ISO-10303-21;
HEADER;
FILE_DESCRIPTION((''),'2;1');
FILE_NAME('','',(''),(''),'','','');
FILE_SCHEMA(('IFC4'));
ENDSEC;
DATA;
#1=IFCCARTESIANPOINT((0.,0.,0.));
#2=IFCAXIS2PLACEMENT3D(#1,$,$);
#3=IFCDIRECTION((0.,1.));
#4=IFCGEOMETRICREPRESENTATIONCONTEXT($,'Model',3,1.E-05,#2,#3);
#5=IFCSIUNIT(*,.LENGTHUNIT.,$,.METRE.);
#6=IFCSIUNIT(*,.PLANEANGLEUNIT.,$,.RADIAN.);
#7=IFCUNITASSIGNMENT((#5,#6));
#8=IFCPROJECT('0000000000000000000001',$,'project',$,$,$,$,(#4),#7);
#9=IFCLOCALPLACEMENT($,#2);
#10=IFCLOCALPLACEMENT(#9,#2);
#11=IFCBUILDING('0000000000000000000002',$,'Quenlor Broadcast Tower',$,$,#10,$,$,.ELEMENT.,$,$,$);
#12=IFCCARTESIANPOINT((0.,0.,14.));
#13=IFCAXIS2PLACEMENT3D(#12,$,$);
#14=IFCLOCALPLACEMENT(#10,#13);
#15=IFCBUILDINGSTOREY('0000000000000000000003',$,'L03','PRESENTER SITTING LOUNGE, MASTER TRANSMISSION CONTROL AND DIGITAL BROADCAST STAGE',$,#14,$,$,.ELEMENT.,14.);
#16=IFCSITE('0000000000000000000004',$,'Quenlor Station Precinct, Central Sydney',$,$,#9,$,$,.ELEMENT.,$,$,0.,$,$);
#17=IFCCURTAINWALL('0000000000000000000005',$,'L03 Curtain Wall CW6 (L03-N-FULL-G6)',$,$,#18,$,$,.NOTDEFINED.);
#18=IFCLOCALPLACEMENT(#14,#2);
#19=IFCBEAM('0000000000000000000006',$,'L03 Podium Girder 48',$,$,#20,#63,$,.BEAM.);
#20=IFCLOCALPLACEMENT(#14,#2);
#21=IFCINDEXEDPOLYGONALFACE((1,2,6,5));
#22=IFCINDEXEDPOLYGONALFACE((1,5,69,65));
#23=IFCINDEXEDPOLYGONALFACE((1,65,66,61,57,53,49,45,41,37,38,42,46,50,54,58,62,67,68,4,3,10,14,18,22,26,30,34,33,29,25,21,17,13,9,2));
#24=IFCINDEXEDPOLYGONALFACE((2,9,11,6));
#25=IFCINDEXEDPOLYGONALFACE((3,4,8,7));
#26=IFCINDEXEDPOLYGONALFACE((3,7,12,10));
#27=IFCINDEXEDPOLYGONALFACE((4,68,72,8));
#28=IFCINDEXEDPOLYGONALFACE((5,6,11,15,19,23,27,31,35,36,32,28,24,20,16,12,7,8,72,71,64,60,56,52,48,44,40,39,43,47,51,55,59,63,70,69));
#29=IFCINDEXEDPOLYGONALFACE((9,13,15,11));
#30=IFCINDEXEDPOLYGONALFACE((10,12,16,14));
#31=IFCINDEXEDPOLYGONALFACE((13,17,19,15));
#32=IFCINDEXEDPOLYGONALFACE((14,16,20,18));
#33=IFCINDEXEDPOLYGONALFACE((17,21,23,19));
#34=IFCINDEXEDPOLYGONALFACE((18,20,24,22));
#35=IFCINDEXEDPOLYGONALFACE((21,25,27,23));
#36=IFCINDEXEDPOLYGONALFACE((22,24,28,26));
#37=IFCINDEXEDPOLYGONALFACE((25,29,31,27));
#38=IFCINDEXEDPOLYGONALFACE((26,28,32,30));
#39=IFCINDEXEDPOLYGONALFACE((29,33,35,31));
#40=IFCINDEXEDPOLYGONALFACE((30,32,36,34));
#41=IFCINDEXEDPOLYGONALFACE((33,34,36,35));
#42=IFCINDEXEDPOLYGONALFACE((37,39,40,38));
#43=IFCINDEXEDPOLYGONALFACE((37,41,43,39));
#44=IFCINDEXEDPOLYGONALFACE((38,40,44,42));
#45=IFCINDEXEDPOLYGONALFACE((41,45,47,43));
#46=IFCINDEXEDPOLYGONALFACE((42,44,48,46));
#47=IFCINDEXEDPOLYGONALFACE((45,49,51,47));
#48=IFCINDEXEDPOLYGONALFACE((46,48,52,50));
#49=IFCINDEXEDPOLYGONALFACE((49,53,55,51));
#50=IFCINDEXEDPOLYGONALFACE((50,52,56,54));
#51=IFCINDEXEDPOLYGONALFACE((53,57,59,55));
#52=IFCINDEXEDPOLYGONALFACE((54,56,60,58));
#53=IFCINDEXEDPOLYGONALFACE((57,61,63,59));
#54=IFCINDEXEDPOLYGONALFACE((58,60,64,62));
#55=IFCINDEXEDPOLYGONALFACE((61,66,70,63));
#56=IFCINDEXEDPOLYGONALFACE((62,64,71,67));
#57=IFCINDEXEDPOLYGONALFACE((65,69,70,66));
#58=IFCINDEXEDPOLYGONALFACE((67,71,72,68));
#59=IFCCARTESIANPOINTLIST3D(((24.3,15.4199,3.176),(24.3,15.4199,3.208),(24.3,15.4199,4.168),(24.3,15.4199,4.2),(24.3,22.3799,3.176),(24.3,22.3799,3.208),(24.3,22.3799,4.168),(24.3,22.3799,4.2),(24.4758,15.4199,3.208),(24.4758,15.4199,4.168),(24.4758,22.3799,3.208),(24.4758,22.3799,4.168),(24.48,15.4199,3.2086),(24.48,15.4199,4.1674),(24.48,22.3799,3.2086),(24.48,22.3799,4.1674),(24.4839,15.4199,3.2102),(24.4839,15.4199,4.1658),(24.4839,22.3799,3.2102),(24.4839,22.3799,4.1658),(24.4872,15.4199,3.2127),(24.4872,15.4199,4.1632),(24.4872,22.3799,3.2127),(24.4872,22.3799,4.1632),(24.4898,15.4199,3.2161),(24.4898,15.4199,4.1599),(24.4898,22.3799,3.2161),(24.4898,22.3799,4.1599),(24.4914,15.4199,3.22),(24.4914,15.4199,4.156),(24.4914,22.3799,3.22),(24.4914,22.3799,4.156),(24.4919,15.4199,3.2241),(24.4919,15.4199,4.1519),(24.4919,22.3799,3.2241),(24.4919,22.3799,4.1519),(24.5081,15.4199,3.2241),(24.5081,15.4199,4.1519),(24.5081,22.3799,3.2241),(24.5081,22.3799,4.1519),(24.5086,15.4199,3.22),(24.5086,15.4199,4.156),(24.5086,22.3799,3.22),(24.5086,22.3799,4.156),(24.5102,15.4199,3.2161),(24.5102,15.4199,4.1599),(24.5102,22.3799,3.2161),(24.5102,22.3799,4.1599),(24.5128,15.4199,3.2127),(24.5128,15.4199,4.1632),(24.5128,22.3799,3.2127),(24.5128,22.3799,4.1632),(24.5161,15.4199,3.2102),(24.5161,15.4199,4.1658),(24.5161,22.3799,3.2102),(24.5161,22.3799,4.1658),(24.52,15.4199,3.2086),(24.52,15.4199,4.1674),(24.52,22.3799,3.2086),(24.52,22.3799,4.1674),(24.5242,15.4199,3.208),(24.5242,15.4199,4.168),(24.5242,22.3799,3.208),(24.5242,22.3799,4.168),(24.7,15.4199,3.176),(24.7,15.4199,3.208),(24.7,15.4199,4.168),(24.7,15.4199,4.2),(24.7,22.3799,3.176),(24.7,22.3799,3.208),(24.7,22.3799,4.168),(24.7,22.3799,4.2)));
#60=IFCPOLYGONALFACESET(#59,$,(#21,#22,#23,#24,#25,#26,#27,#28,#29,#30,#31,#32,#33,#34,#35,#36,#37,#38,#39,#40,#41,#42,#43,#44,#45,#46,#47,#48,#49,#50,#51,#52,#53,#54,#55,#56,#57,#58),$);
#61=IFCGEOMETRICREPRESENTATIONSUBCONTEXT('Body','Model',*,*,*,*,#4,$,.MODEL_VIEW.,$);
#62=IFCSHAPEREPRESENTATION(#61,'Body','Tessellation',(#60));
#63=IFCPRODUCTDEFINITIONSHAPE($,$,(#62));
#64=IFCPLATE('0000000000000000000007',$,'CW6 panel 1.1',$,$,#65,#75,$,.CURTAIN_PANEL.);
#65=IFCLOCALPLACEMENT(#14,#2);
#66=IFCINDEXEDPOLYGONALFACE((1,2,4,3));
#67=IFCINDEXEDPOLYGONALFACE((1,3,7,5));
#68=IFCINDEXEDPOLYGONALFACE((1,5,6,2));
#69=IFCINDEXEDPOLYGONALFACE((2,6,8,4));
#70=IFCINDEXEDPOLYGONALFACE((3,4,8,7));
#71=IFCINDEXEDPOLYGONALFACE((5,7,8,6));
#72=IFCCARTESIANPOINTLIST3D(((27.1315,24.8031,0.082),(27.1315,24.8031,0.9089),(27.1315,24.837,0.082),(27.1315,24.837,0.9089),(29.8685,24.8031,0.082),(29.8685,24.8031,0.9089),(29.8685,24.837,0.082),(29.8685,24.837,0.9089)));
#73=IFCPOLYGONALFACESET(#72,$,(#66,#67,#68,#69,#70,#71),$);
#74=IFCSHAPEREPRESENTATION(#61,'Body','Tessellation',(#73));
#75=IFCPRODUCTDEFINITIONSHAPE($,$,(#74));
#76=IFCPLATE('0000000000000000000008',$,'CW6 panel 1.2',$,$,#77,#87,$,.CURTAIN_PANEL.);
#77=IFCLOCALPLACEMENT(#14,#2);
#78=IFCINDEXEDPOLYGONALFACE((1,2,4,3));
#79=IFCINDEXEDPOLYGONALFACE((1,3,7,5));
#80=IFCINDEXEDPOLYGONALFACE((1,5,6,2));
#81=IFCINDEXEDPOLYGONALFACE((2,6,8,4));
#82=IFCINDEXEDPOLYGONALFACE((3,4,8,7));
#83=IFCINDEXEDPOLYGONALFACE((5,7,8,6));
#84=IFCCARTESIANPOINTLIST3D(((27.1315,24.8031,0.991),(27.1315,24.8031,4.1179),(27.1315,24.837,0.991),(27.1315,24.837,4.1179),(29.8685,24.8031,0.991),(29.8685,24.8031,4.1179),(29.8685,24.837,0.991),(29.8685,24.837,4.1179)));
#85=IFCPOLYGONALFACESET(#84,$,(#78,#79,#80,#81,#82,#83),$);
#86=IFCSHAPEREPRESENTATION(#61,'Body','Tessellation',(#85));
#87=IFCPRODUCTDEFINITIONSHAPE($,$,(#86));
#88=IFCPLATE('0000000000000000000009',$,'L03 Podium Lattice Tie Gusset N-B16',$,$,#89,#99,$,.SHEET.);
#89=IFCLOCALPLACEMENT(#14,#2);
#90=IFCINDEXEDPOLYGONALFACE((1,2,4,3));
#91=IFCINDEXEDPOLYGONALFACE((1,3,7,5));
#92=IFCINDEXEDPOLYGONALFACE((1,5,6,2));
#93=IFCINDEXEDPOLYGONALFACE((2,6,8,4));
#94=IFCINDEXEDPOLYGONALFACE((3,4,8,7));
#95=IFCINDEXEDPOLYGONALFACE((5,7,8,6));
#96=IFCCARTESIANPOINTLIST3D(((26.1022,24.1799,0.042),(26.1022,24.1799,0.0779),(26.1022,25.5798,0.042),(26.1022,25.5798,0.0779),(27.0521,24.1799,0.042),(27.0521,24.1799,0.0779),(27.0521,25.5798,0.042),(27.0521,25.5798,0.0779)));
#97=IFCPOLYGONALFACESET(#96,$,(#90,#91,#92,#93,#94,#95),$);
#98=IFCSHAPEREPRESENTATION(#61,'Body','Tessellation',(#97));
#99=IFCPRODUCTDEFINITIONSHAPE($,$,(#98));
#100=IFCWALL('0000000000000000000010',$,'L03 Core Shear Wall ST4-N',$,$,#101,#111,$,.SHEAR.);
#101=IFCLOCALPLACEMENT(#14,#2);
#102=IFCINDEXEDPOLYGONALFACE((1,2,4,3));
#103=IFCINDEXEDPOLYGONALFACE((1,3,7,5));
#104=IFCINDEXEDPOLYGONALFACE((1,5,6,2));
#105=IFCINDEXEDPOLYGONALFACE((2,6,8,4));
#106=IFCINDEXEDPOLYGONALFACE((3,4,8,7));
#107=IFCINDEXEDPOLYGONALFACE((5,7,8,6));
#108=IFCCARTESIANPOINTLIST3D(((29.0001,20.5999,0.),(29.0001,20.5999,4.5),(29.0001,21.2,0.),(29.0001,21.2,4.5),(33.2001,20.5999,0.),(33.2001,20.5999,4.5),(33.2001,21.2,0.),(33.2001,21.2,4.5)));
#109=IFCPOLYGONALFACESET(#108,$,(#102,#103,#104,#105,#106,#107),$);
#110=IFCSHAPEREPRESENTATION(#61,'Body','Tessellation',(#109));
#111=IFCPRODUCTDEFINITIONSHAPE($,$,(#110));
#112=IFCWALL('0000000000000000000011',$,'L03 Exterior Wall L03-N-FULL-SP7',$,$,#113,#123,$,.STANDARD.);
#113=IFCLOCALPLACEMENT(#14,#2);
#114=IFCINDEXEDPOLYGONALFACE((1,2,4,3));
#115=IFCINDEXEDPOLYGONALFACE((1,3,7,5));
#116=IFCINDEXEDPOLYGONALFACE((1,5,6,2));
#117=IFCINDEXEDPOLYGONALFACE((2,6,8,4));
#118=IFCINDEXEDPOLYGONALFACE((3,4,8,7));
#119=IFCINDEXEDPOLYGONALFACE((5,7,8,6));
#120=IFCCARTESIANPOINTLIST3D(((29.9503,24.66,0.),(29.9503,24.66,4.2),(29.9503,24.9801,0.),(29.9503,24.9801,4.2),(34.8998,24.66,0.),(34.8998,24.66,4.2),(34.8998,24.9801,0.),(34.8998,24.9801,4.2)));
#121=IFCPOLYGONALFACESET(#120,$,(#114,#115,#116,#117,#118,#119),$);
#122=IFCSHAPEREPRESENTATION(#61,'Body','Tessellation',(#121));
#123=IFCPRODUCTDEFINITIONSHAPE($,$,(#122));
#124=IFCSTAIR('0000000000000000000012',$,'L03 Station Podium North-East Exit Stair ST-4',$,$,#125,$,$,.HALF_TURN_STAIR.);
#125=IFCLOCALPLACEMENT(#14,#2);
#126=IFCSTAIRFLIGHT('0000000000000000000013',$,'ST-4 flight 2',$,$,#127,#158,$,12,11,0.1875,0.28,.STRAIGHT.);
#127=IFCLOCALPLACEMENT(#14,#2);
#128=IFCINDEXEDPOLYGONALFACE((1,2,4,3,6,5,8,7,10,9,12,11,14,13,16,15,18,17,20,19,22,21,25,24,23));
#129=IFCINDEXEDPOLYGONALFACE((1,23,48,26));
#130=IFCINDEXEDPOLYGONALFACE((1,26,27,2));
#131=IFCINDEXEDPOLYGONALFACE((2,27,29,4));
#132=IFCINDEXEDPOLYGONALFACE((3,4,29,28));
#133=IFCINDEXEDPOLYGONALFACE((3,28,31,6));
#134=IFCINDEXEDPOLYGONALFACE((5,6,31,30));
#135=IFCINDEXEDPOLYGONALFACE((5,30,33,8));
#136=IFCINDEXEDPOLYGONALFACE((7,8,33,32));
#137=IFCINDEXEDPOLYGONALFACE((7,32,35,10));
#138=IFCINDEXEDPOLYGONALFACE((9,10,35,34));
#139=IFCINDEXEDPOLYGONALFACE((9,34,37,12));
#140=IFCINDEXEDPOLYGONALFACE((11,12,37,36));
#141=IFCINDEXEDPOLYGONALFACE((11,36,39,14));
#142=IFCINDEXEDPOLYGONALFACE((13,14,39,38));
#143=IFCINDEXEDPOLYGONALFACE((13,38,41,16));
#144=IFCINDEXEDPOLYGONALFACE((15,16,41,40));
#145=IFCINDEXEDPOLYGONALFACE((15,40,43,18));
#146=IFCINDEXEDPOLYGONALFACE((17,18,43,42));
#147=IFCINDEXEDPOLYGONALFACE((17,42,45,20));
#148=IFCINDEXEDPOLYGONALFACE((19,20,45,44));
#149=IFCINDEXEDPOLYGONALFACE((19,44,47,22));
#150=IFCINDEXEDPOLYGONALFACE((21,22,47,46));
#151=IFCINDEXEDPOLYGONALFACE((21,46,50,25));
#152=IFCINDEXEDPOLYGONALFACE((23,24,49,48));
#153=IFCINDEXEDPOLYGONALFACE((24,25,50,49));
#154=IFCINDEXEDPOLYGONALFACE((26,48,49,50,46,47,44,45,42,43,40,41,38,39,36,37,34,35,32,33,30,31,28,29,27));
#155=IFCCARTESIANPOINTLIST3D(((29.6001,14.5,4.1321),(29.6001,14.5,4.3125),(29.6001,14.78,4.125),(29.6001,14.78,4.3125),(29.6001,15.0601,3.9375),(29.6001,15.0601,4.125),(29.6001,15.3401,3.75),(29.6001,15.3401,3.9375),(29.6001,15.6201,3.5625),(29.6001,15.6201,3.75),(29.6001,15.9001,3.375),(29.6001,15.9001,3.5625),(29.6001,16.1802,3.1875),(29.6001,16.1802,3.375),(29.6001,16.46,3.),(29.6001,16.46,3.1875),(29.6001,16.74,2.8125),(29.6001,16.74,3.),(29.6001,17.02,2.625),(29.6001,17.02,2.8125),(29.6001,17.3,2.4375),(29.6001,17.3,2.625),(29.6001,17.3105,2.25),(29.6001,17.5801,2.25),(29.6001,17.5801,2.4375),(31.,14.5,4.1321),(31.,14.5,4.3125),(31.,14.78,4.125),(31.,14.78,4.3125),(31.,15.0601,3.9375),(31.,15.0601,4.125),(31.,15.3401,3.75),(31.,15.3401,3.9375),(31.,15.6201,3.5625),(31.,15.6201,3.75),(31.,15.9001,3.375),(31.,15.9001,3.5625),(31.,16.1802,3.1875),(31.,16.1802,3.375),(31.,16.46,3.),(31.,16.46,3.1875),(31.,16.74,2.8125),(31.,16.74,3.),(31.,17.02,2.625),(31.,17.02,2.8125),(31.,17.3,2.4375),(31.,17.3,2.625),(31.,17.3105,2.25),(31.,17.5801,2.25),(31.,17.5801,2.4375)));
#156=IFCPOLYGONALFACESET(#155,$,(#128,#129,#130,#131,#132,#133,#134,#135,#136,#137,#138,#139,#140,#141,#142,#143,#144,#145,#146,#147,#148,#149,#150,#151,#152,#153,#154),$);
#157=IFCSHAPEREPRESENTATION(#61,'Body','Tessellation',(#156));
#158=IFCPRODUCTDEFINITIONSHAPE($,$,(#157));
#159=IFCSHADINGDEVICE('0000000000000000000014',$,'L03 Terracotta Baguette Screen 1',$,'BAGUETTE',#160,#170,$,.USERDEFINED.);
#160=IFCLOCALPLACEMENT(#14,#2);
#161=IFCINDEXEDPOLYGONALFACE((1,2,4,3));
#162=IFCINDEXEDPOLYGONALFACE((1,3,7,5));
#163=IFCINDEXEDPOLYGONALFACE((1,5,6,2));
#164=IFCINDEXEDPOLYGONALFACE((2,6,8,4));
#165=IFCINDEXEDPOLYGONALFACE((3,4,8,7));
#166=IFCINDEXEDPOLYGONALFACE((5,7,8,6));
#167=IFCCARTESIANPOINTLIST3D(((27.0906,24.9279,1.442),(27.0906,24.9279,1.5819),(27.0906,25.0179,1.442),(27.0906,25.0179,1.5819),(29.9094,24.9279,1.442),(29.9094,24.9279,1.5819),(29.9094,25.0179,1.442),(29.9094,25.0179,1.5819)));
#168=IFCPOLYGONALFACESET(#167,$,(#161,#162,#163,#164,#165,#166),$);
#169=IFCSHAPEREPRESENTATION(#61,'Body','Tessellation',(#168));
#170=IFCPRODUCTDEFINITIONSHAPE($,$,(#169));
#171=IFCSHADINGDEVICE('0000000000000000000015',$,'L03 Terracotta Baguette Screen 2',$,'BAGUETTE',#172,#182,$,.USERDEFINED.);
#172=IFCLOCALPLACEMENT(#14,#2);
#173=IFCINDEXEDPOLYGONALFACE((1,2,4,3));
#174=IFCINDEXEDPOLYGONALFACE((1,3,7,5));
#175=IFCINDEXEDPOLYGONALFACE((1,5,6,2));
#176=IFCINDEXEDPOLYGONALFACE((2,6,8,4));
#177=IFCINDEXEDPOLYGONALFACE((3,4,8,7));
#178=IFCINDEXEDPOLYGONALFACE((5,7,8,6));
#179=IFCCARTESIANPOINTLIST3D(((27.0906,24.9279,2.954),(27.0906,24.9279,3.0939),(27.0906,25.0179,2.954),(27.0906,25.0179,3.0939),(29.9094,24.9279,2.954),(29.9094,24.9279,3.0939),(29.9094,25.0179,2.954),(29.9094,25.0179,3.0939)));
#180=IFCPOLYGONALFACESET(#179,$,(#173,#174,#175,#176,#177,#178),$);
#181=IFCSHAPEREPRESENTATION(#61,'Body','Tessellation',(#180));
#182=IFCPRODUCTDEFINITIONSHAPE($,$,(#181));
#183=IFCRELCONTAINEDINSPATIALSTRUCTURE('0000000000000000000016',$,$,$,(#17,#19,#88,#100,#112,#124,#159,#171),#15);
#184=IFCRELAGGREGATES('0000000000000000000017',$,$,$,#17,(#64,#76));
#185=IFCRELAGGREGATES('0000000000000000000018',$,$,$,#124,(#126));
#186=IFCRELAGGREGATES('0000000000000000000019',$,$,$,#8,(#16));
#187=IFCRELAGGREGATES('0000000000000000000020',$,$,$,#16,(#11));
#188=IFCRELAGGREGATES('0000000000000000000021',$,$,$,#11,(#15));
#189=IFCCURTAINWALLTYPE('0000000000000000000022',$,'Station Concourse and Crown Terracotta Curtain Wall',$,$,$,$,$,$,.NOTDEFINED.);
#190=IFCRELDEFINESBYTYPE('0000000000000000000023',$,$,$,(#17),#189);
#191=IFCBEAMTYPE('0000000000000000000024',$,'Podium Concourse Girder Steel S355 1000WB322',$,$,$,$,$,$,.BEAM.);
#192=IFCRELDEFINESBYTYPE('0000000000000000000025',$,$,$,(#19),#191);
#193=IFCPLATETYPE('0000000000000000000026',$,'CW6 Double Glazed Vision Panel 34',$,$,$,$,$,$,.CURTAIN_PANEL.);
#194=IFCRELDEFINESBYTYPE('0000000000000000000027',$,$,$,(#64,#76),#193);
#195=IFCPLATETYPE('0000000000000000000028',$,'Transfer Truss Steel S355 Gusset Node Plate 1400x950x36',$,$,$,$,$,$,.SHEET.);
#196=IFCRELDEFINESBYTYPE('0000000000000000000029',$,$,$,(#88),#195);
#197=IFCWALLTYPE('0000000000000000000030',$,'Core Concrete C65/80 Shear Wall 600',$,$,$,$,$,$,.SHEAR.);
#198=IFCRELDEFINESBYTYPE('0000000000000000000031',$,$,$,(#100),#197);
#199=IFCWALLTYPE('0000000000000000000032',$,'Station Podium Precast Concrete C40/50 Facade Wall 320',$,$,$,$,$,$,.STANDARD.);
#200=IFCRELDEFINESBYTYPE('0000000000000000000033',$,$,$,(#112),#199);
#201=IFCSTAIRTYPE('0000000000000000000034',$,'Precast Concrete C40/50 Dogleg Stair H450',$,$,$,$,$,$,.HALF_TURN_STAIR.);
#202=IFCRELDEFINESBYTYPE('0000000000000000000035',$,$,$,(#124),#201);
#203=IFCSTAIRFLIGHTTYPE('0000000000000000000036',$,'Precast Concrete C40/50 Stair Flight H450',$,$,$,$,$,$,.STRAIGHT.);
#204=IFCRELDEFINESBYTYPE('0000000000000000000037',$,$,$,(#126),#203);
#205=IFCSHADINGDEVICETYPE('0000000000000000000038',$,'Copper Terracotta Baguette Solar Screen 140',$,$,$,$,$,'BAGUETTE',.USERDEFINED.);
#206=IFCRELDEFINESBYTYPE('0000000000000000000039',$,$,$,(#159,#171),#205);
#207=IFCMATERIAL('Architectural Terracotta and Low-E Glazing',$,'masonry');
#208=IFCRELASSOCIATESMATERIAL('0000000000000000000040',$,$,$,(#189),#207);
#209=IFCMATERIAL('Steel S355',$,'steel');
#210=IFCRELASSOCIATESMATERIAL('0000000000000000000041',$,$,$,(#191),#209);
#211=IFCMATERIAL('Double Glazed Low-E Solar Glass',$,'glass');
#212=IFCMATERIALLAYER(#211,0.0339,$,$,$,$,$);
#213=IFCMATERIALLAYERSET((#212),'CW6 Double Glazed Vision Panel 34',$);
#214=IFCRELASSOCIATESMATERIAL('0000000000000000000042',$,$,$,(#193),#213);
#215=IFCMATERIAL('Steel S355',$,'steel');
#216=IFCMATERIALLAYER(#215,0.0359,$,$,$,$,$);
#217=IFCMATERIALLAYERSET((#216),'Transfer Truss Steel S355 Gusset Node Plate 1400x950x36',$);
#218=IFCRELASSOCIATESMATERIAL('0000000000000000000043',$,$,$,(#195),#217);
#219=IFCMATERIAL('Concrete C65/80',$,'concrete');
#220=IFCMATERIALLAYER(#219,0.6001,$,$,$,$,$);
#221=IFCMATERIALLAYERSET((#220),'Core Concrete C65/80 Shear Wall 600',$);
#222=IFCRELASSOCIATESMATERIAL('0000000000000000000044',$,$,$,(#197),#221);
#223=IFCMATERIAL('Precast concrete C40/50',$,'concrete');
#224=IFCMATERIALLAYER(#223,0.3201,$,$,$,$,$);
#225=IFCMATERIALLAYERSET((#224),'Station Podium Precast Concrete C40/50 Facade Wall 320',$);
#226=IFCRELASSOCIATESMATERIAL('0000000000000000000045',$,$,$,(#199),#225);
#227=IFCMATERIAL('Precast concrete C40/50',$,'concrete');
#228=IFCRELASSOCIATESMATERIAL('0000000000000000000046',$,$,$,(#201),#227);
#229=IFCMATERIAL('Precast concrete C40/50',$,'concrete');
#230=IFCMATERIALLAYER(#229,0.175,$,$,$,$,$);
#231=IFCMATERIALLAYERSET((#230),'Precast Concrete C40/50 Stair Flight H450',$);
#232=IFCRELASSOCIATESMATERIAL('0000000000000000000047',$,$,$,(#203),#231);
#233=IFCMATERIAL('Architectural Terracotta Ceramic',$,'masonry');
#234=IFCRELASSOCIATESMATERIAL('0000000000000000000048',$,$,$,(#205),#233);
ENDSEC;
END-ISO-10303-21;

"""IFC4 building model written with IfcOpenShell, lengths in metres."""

from ifc_helpers import new_model, si_unit, direction, frame, frame_2d, origin, origin_2d, place, context, subcontext, project, spatial, polyline, rectangle, i_section, outline, extrude, material, layer, layer_set, material_profile, profile_set, type_object, element, aggregate, save


model = new_model("IFC4")

# Units and contexts
model_context = context("Model", 3, precision=1e-05, world=origin(), true_north=direction((0.0, 1.0)))
body_context = subcontext(model_context, "Body", "Model", "MODEL_VIEW")
ifc_project = project(units=[si_unit("LENGTHUNIT", "METRE"), si_unit("PLANEANGLEUNIT", "RADIAN")], contexts=[model_context])

# Site, building, storey
site_placement = place(None, origin())
site = spatial("IfcSite", under=ifc_project, at=site_placement, Name="Quenlor Station Precinct, Central Sydney", CompositionType="ELEMENT", RefElevation=0.0)
building_placement = place(site_placement, origin())
building = spatial("IfcBuilding", under=site, at=building_placement, Name="Quenlor Broadcast Tower", CompositionType="ELEMENT")
storey_placement = place(building_placement, frame((0.0, 0.0, 14.0)))
storey = spatial("IfcBuildingStorey", under=building, at=storey_placement, Name="L03", Description="PRESENTER SITTING LOUNGE, MASTER TRANSMISSION CONTROL AND DIGITAL BROADCAST STAGE", CompositionType="ELEMENT", Elevation=14.0)

# Curtain wall
ifc_material_1 = material(Name="Architectural Terracotta and Low-E Glazing", Category="masonry")
curtain_wall_type = type_object("IfcCurtainWallType", Name="Station Concourse and Crown Terracotta Curtain Wall", PredefinedType="NOTDEFINED", material=ifc_material_1)
curtain_wall_placement = place(storey_placement, origin())
curtain_wall = element("IfcCurtainWall", 1, at=curtain_wall_placement, inside=storey, type_object=curtain_wall_type, Name="L03 Curtain Wall CW6 (L03-N-FULL-G6)", PredefinedType="NOTDEFINED")

# Beam
ifc_material_2 = material(Name="Steel S355", Category="steel")
ifc_material_profile_1 = material_profile(ifc_material_2, i_section(OverallWidth=0.3999, OverallDepth=1.0239, WebThickness=0.0161, FlangeThickness=0.032, FilletRadius=0.0161, at=origin_2d()))
ifc_profile_set_1 = profile_set([ifc_material_profile_1], Name="Steel S355 1000WB322")
beam_type = type_object("IfcBeamType", Name="Podium Concourse Girder Steel S355 1000WB322", PredefinedType="BEAM", material=ifc_profile_set_1)
beam_1_placement = place(storey_placement, frame((24.5, 15.4199, 3.688), z_axis=(0.0, 1.0, 0.0), x_axis=(-1.0, 0.0, 0.0)))
element("IfcBeam", 2, at=beam_1_placement, inside=storey, type_object=beam_type, Name="L03 Podium Girder 48", PredefinedType="BEAM", context=body_context, shape_type="SweptSolid", body=[
    extrude(i_section(OverallWidth=0.3999, OverallDepth=1.0239, WebThickness=0.0161, FlangeThickness=0.032, FilletRadius=0.0161, at=origin_2d()), origin(), (0.0, 0.0, 1.0), 6.96),
])

# Plates
ifc_material_3 = material(Name="Double Glazed Low-E Solar Glass", Category="glass")
ifc_layer_1 = layer(ifc_material_3, 0.0339)
ifc_layer_set_1 = layer_set([ifc_layer_1], Name="CW6 Double Glazed Vision Panel 34")
plate_type_1 = type_object("IfcPlateType", Name="CW6 Double Glazed Vision Panel 34", PredefinedType="CURTAIN_PANEL", material=ifc_layer_set_1)
plate_1_placement = place(storey_placement, frame((28.5, 24.8201, 0.082), z_axis=(0.0, 0.0, 1.0), x_axis=(1.0, 0.0, 0.0)))
plate_1 = element("IfcPlate", 3, at=plate_1_placement, type_object=plate_type_1, Name="CW6 panel 1.1", PredefinedType="CURTAIN_PANEL", context=body_context, shape_type="SweptSolid", body=[
    extrude(rectangle(XDim=2.7371, YDim=0.0339, at=origin_2d()), origin(), (0.0, 0.0, 1.0), 0.8269),
])
plate_2_placement = place(storey_placement, frame((28.5, 24.8201, 0.991), z_axis=(0.0, 0.0, 1.0), x_axis=(1.0, 0.0, 0.0)))
plate_2 = element("IfcPlate", 4, at=plate_2_placement, type_object=plate_type_1, Name="CW6 panel 1.2", PredefinedType="CURTAIN_PANEL", context=body_context, shape_type="SweptSolid", body=[
    extrude(rectangle(XDim=2.7371, YDim=0.0339, at=origin_2d()), origin(), (0.0, 0.0, 1.0), 3.127),
])
aggregate(curtain_wall, [plate_1, plate_2])
ifc_material_4 = material(Name="Steel S355", Category="steel")
ifc_layer_2 = layer(ifc_material_4, 0.0359)
ifc_layer_set_2 = layer_set([ifc_layer_2], Name="Transfer Truss Steel S355 Gusset Node Plate 1400x950x36")
plate_type_2 = type_object("IfcPlateType", Name="Transfer Truss Steel S355 Gusset Node Plate 1400x950x36", PredefinedType="SHEET", material=ifc_layer_set_2)
plate_3_placement = place(storey_placement, frame((26.5771, 24.8799, 0.042), z_axis=(0.0, 0.0, 1.0), x_axis=(0.0, 1.0, 0.0)))
element("IfcPlate", 5, at=plate_3_placement, inside=storey, type_object=plate_type_2, Name="L03 Podium Lattice Tie Gusset N-B16", PredefinedType="SHEET", context=body_context, shape_type="SweptSolid", body=[
    extrude(rectangle(XDim=1.3999, YDim=0.95, at=origin_2d()), origin(), (0.0, 0.0, 1.0), 0.0359),
])

# Walls
ifc_material_5 = material(Name="Concrete C65/80", Category="concrete")
ifc_layer_3 = layer(ifc_material_5, 0.6001)
ifc_layer_set_3 = layer_set([ifc_layer_3], Name="Core Concrete C65/80 Shear Wall 600")
wall_type_1 = type_object("IfcWallType", Name="Core Concrete C65/80 Shear Wall 600", PredefinedType="SHEAR", material=ifc_layer_set_3)
wall_1_placement = place(storey_placement, frame((29.0, 20.8999, 0.0), z_axis=(0.0, 0.0, 1.0), x_axis=(1.0, 0.0, 0.0)))
element("IfcWall", 6, at=wall_1_placement, inside=storey, type_object=wall_type_1, Name="L03 Core Shear Wall ST4-N", PredefinedType="SHEAR", context=body_context, shape_type="SweptSolid", body=[
    extrude(rectangle(XDim=4.2, YDim=0.6001, at=frame_2d((2.1001, 0.0))), origin(), (0.0, 0.0, 1.0), 4.5),
])
ifc_material_6 = material(Name="Precast concrete C40/50", Category="concrete")
ifc_layer_4 = layer(ifc_material_6, 0.3201)
ifc_layer_set_4 = layer_set([ifc_layer_4], Name="Station Podium Precast Concrete C40/50 Facade Wall 320")
wall_type_2 = type_object("IfcWallType", Name="Station Podium Precast Concrete C40/50 Facade Wall 320", PredefinedType="STANDARD", material=ifc_layer_set_4)
wall_2_placement = place(storey_placement, frame((29.9504, 24.8201, 0.0), z_axis=(0.0, 0.0, 1.0), x_axis=(1.0, 0.0, 0.0)))
element("IfcWall", 7, at=wall_2_placement, inside=storey, type_object=wall_type_2, Name="L03 Exterior Wall L03-N-FULL-SP7", PredefinedType="STANDARD", context=body_context, shape_type="SweptSolid", body=[
    extrude(rectangle(XDim=4.9495, YDim=0.3201, at=frame_2d((2.4746, 0.0))), origin(), (0.0, 0.0, 1.0), 4.2),
])

# Stair, stair flight
ifc_material_7 = material(Name="Precast concrete C40/50", Category="concrete")
stair_type = type_object("IfcStairType", Name="Precast Concrete C40/50 Dogleg Stair H450", PredefinedType="HALF_TURN_STAIR", material=ifc_material_7)
stair_placement = place(storey_placement, origin())
stair = element("IfcStair", 8, at=stair_placement, inside=storey, type_object=stair_type, Name="L03 Station Podium North-East Exit Stair ST-4", PredefinedType="HALF_TURN_STAIR")
ifc_material_8 = material(Name="Precast concrete C40/50", Category="concrete")
ifc_layer_5 = layer(ifc_material_8, 0.175)
ifc_layer_set_5 = layer_set([ifc_layer_5], Name="Precast Concrete C40/50 Stair Flight H450")
stair_flight_type = type_object("IfcStairFlightType", Name="Precast Concrete C40/50 Stair Flight H450", PredefinedType="STRAIGHT", material=ifc_layer_set_5)
stair_flight_placement = place(storey_placement, frame((30.3, 17.5801, 2.25), z_axis=(0.0, 0.0, 1.0), x_axis=(0.0, -1.0, 0.0)))
stair_flight = element("IfcStairFlight", 9, at=stair_flight_placement, type_object=stair_flight_type, Name="ST-4 flight 2", NumberOfRisers=12, NumberOfTreads=11, PredefinedType="STRAIGHT", RiserHeight=0.1875, TreadLength=0.28, context=body_context, shape_type="SweptSolid", body=[
    extrude(outline(polyline([(0.0, 0.0), (0.0, 0.1875), (0.28, 0.1875), (0.28, 0.375), (0.5601, 0.375), (0.5601, 0.5625), (0.8401, 0.5625), (0.8401, 0.75), (1.1201, 0.75), (1.1201, 0.9375), (1.3999, 0.9375), (1.3999, 1.125), (1.6799, 1.125), (1.6799, 1.3125), (1.96, 1.3125), (1.96, 1.5), (2.24, 1.5), (2.24, 1.6875), (2.52, 1.6875), (2.52, 1.875), (2.8, 1.875), (2.8, 2.0625), (3.0801, 2.0625), (3.0801, 2.25), (3.0801, 1.8821), (0.2695, 0.0), (0.0, 0.0)])), frame((0.0, 0.7, 0.0), z_axis=(0.0, -1.0, 0.0), x_axis=(1.0, 0.0, 0.0)), (0.0, 0.0, 1.0), 1.3999),
])
aggregate(stair, [stair_flight])

# Shading devices
ifc_material_9 = material(Name="Architectural Terracotta Ceramic", Category="masonry")
ifc_material_profile_2 = material_profile(ifc_material_9, rectangle(XDim=0.0901, YDim=0.1399, at=origin_2d()))
ifc_profile_set_2 = profile_set([ifc_material_profile_2], Name="Architectural Terracotta Ceramic BAG90x140")
shading_device_type = type_object("IfcShadingDeviceType", Name="Copper Terracotta Baguette Solar Screen 140", ElementType="BAGUETTE", PredefinedType="USERDEFINED", material=ifc_profile_set_2)
for number, where, z_axis, x_axis, name in (
    (10, (27.0906, 24.9729, 1.512), (1.0, 0.0, 0.0), (0.0, 1.0, 0.0), "L03 Terracotta Baguette Screen 1"),
    (11, (27.0906, 24.9729, 3.0239), (1.0, 0.0, 0.0), (0.0, 1.0, 0.0), "L03 Terracotta Baguette Screen 2"),
):
    element("IfcShadingDevice", number, at=place(storey_placement, frame(where, z_axis=z_axis, x_axis=x_axis)), inside=storey, type_object=shading_device_type, Name=name, ObjectType="BAGUETTE", PredefinedType="USERDEFINED", context=body_context, shape_type="SweptSolid", body=[
        extrude(rectangle(XDim=0.0901, YDim=0.1399, at=origin_2d()), origin(), (0.0, 0.0, 1.0), 2.8188),
    ])

save(model, "model.ifc")
